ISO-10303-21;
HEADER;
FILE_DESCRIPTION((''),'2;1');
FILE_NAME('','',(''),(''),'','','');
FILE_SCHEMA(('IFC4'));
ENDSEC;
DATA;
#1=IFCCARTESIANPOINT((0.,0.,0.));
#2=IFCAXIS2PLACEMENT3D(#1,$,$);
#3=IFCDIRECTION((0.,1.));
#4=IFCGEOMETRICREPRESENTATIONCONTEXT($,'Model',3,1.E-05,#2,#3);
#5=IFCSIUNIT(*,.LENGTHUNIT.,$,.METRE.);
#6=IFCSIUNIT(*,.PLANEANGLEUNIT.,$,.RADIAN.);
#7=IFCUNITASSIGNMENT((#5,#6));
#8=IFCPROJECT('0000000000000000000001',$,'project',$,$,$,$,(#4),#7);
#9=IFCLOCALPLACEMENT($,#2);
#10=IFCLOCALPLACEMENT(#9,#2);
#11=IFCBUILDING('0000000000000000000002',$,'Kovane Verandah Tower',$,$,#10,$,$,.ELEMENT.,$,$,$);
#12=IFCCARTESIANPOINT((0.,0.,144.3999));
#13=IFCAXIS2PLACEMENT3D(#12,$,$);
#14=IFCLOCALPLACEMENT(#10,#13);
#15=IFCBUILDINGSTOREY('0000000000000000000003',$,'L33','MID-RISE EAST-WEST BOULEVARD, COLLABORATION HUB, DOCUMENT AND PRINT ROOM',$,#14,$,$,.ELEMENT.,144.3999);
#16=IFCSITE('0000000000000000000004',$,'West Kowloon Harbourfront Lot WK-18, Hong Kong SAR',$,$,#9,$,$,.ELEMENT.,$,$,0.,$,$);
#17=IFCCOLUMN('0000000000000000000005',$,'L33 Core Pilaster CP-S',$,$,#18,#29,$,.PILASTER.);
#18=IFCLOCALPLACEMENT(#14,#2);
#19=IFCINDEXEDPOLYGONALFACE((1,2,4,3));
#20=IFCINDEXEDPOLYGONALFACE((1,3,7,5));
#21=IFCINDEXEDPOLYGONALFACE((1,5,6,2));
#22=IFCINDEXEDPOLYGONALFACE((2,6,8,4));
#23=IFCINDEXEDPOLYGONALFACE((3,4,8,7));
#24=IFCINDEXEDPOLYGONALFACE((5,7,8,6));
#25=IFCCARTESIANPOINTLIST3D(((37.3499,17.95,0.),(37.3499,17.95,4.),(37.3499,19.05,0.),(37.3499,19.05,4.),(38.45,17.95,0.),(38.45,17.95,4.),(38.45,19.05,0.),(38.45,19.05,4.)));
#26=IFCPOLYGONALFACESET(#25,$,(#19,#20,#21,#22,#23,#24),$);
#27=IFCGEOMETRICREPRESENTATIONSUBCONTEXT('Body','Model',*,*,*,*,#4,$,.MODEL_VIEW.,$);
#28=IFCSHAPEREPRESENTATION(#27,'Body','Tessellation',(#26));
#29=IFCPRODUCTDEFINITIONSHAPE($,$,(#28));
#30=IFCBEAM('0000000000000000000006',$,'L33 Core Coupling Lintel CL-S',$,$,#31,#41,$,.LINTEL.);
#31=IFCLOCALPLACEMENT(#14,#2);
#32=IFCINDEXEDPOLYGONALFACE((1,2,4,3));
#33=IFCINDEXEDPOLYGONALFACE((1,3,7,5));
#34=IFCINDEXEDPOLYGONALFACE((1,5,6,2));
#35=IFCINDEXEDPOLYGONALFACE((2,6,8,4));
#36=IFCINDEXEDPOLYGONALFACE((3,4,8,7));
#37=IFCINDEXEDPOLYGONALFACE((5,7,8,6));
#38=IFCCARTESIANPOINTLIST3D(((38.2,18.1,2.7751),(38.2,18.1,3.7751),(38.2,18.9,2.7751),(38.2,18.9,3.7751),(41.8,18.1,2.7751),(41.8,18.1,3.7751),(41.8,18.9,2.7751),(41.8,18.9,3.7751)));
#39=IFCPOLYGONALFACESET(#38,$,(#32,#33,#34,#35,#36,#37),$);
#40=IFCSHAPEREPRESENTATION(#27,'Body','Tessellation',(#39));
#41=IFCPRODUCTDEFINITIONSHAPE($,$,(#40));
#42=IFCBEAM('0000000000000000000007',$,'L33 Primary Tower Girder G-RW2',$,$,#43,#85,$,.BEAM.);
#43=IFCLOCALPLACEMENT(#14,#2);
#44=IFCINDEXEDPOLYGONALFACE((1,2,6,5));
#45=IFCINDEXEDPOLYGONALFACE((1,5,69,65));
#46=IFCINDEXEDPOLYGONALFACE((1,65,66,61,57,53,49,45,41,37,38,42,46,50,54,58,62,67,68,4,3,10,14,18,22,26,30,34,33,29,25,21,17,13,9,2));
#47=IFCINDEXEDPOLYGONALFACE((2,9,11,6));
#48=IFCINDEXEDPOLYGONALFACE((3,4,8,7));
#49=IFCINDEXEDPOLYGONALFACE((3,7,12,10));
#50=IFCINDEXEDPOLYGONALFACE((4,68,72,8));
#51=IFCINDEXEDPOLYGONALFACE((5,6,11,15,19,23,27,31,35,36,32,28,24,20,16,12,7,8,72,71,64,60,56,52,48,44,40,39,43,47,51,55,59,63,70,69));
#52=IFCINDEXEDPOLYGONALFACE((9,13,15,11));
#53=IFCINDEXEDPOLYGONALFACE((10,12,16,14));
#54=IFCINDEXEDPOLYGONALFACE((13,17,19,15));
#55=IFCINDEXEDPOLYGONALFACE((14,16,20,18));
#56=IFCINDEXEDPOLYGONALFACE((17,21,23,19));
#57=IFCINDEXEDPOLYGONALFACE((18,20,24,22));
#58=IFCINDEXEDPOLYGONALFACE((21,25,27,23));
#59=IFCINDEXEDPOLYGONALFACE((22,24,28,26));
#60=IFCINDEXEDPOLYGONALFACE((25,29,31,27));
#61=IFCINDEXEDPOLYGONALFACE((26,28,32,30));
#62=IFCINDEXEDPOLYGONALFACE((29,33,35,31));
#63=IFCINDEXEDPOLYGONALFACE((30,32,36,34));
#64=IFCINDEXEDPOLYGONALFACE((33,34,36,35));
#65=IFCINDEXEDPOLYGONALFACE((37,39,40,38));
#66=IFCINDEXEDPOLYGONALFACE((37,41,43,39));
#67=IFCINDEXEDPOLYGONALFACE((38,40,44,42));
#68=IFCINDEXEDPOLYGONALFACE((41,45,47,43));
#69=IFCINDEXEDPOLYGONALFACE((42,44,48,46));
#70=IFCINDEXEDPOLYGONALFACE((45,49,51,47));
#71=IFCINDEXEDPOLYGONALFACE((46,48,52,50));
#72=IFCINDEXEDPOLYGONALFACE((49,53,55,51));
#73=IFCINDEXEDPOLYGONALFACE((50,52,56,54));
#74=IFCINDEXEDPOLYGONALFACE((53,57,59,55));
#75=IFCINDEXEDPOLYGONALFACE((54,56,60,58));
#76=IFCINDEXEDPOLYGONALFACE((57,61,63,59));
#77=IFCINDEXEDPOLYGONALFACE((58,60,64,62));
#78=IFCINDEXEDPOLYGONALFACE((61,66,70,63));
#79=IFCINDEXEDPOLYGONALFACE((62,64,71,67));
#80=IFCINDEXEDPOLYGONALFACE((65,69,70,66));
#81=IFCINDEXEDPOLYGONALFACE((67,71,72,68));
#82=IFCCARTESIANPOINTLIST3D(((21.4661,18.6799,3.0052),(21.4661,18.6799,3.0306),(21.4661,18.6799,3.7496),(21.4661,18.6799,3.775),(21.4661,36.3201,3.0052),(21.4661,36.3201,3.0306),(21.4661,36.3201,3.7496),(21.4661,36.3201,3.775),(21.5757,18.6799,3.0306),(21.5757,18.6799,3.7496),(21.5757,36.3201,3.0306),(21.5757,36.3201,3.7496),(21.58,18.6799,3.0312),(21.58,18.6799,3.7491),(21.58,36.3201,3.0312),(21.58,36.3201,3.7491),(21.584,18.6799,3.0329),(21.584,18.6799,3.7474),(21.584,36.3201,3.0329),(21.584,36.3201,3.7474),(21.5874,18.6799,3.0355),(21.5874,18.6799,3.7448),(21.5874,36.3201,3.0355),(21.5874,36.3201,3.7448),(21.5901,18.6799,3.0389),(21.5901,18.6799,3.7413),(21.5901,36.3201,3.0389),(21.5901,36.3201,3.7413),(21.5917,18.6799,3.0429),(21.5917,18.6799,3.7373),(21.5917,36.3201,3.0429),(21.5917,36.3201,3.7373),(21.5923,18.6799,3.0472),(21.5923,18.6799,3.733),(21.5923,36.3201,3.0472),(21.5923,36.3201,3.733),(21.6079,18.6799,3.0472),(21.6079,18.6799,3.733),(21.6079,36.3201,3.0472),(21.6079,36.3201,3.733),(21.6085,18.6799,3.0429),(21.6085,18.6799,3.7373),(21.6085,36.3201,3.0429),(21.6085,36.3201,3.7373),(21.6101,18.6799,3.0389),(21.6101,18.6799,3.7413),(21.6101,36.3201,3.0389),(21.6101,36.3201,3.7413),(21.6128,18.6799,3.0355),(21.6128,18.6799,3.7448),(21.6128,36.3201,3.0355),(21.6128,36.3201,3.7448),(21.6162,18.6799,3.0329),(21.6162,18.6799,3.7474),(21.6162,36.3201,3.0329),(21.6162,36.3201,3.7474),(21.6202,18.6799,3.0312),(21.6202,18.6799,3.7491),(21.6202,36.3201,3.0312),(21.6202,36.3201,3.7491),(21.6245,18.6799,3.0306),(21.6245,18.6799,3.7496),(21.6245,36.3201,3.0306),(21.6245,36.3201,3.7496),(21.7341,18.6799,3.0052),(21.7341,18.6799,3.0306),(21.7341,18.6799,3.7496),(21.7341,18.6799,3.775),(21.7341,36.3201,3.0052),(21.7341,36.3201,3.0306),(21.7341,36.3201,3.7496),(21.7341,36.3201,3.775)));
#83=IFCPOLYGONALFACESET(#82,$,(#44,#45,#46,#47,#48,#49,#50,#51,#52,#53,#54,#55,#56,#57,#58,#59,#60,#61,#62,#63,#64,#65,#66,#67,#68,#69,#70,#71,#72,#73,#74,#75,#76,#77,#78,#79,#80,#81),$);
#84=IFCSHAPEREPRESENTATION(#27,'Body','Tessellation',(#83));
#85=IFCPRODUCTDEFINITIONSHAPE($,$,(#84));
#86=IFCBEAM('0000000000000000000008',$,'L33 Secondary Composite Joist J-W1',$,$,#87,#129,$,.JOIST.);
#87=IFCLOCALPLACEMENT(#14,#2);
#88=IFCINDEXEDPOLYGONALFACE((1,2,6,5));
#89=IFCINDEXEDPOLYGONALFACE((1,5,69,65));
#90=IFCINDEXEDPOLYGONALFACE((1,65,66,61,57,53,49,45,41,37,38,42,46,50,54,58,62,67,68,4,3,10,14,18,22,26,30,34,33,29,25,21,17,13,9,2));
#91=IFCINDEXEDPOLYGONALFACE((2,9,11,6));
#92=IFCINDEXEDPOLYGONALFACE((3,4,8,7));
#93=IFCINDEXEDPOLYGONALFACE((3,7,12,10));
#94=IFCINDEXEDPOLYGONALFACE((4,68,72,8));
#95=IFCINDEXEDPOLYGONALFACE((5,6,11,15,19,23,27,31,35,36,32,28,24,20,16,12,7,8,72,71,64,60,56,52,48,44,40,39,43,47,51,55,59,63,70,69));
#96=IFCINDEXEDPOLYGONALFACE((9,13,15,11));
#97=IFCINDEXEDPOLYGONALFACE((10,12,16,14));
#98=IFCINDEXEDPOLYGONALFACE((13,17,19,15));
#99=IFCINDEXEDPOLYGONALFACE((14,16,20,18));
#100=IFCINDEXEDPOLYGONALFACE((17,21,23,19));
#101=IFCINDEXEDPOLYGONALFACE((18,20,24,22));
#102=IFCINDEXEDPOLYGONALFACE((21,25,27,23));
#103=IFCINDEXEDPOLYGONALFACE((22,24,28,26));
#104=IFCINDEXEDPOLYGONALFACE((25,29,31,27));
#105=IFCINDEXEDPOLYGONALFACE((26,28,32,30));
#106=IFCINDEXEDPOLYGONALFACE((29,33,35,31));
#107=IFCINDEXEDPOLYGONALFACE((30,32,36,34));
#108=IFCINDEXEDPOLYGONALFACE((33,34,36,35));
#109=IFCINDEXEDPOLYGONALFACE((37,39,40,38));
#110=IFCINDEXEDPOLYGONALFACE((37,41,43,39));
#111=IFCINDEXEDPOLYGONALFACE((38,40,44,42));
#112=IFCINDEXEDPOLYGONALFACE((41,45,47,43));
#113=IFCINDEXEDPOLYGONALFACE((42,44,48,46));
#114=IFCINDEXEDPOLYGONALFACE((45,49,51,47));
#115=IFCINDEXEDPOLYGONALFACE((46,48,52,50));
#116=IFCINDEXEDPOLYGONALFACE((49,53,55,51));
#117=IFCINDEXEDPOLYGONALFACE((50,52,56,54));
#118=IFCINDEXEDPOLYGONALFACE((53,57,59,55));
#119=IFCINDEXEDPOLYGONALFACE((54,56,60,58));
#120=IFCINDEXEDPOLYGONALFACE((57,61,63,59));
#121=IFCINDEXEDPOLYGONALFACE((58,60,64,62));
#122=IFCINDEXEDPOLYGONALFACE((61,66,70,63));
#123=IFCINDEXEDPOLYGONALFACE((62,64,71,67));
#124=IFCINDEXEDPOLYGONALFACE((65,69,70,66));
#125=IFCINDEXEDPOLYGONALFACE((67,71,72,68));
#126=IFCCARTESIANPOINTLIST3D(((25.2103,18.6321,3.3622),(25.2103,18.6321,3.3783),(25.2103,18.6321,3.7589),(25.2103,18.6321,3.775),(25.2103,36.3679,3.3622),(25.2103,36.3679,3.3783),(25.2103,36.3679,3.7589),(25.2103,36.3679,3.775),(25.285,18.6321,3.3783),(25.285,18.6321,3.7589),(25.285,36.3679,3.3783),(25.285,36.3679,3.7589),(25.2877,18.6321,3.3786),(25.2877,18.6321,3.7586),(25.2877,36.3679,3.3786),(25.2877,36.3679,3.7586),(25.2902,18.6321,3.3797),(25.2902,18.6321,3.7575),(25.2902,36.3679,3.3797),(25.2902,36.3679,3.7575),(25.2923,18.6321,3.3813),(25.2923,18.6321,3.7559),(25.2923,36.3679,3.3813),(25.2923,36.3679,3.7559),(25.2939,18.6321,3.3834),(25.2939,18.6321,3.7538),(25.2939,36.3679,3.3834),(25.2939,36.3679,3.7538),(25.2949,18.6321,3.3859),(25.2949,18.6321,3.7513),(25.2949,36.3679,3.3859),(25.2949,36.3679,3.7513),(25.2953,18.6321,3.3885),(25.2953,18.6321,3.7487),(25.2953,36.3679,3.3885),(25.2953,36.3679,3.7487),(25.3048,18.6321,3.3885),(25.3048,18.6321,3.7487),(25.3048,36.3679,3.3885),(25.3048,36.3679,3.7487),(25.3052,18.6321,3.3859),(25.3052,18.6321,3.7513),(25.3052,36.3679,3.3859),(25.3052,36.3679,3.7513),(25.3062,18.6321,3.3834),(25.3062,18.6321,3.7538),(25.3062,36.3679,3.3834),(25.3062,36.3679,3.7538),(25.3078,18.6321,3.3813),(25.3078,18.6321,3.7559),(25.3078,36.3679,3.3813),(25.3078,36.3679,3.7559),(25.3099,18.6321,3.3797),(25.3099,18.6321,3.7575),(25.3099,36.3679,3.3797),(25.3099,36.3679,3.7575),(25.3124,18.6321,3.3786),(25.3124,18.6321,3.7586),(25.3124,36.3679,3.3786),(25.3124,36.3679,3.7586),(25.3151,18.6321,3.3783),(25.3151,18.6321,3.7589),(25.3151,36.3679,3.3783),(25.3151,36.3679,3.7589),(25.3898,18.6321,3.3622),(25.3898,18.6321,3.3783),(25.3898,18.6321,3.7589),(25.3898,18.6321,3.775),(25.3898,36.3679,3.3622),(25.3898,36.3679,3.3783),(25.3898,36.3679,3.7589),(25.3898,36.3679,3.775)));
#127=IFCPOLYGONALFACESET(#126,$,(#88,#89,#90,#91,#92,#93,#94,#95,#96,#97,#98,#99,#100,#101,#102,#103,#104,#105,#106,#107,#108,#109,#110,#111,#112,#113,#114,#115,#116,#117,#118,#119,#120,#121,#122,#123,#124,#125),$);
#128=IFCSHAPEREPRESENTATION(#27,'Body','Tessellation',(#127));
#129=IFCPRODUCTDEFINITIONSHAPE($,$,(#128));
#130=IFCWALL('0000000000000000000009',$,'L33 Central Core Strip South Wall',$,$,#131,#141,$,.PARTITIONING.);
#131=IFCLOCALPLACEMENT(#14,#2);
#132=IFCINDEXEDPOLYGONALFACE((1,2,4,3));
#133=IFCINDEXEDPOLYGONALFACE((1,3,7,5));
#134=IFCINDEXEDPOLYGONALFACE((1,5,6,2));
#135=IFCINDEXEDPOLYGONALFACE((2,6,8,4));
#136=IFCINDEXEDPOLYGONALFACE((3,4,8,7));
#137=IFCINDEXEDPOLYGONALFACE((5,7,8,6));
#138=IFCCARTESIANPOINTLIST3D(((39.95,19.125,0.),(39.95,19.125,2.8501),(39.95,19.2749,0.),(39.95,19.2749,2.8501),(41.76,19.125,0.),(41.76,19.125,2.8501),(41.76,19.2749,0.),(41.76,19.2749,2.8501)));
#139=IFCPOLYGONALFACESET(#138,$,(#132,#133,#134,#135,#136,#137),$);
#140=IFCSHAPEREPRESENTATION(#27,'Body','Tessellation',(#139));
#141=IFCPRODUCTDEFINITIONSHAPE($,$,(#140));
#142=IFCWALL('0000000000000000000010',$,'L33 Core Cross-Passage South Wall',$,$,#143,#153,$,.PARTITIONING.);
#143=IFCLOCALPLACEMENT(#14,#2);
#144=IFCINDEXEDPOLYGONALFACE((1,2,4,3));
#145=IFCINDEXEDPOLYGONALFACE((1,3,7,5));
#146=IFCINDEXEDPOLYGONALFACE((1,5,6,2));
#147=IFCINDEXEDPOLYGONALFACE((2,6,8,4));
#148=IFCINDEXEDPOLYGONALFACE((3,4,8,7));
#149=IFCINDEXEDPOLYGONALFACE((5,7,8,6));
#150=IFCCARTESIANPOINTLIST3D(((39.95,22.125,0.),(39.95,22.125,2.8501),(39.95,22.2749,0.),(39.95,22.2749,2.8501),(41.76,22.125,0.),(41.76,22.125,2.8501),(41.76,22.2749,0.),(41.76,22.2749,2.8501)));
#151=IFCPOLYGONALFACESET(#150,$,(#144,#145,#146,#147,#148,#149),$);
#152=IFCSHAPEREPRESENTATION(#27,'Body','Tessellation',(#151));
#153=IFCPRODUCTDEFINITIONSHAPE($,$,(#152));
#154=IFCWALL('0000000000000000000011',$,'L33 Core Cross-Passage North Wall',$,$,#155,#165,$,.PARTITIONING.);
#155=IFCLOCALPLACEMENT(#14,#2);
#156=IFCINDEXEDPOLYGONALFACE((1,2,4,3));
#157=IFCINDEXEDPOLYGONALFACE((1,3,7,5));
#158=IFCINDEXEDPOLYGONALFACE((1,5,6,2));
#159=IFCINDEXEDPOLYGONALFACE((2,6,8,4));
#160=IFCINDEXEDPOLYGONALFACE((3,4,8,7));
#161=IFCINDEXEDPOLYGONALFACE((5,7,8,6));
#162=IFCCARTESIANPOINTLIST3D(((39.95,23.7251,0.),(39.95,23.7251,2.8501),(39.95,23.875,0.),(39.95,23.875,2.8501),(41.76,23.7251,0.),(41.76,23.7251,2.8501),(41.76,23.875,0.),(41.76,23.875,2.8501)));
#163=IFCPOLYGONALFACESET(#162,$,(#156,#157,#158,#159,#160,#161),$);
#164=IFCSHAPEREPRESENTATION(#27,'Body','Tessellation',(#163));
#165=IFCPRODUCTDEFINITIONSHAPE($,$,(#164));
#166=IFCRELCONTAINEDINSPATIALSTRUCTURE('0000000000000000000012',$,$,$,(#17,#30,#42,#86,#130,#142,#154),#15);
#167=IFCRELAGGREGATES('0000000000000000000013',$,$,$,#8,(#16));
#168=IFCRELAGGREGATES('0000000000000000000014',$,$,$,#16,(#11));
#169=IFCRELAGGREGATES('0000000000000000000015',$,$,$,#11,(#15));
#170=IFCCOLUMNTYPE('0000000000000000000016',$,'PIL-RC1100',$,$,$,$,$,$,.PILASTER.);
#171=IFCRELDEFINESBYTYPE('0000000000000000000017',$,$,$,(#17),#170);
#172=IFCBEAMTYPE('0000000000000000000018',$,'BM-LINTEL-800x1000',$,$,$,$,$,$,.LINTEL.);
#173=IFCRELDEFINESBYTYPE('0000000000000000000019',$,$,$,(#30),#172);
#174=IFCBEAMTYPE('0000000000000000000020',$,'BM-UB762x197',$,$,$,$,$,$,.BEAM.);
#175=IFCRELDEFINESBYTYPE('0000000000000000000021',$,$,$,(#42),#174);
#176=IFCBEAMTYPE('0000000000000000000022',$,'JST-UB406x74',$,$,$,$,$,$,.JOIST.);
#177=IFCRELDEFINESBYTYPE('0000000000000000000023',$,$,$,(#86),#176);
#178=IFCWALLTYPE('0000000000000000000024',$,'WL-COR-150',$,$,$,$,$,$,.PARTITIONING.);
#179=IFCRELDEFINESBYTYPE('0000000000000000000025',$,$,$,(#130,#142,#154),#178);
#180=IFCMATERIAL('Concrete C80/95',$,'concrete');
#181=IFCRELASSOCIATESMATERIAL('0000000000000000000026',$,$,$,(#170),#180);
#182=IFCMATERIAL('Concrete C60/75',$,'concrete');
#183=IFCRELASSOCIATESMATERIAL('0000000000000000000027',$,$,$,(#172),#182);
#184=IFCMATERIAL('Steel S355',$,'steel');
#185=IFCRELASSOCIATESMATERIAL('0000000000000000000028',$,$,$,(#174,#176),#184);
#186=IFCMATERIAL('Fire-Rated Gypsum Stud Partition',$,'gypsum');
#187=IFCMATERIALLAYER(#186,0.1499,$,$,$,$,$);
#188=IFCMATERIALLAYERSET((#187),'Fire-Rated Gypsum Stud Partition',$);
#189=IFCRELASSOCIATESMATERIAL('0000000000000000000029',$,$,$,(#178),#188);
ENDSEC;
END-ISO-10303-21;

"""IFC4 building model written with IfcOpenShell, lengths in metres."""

from ifc_helpers import new_model, si_unit, direction, frame, frame_2d, origin, origin_2d, place, context, subcontext, project, spatial, rectangle, i_section, extrude, material, layer, layer_set, material_profile, profile_set, type_object, element, save


model = new_model("IFC4")

# Units and contexts
model_context = context("Model", 3, precision=1e-05, world=origin(), true_north=direction((0.0, 1.0)))
body_context = subcontext(model_context, "Body", "Model", "MODEL_VIEW")
ifc_project = project(units=[si_unit("LENGTHUNIT", "METRE"), si_unit("PLANEANGLEUNIT", "RADIAN")], contexts=[model_context])

# Site, building, storey
site_placement = place(None, origin())
site = spatial("IfcSite", under=ifc_project, at=site_placement, Name="West Kowloon Harbourfront Lot WK-18, Hong Kong SAR", CompositionType="ELEMENT", RefElevation=0.0)
building_placement = place(site_placement, origin())
building = spatial("IfcBuilding", under=site, at=building_placement, Name="Kovane Verandah Tower", CompositionType="ELEMENT")
storey_placement = place(building_placement, frame((0.0, 0.0, 144.3999)))
storey = spatial("IfcBuildingStorey", under=building, at=storey_placement, Name="L33", Description="MID-RISE EAST-WEST BOULEVARD, COLLABORATION HUB, DOCUMENT AND PRINT ROOM", CompositionType="ELEMENT", Elevation=144.3999)

# Column
ifc_material_1 = material(Name="Concrete C80/95", Category="concrete")
ifc_material_profile_1 = material_profile(ifc_material_1, rectangle(XDim=1.1001, YDim=1.1001, at=origin_2d()), Name="RC1100x1100")
ifc_profile_set_1 = profile_set([ifc_material_profile_1], Name="Concrete C80/95")
column_type = type_object("IfcColumnType", Name="PIL-RC1100", PredefinedType="PILASTER", material=ifc_profile_set_1)
column_placement = place(storey_placement, frame((37.8999, 18.5, 0.0), z_axis=(0.0, 0.0, 1.0), x_axis=(1.0, 0.0, 0.0)))
element("IfcColumn", 1, at=column_placement, inside=storey, type_object=column_type, Name="L33 Core Pilaster CP-S", PredefinedType="PILASTER", context=body_context, shape_type="SweptSolid", body=[
    extrude(rectangle(XDim=1.1001, YDim=1.1001, at=origin_2d()), origin(), (0.0, 0.0, 1.0), 4.0),
])

# Beams
ifc_material_2 = material(Name="Concrete C60/75", Category="concrete")
ifc_material_profile_2 = material_profile(ifc_material_2, rectangle(XDim=0.8, YDim=1.0, at=origin_2d()), Name="RCB800x1000")
ifc_profile_set_2 = profile_set([ifc_material_profile_2], Name="Concrete C60/75")
beam_type_1 = type_object("IfcBeamType", Name="BM-LINTEL-800x1000", PredefinedType="LINTEL", material=ifc_profile_set_2)
beam_1_placement = place(storey_placement, frame((38.2, 18.5, 3.2751), z_axis=(1.0, 0.0, 0.0), x_axis=(0.0, 1.0, 0.0)))
element("IfcBeam", 2, at=beam_1_placement, inside=storey, type_object=beam_type_1, Name="L33 Core Coupling Lintel CL-S", PredefinedType="LINTEL", context=body_context, shape_type="SweptSolid", body=[
    extrude(rectangle(XDim=0.8, YDim=1.0, at=origin_2d()), origin(), (0.0, 0.0, 1.0), 3.6001),
])
ifc_material_3 = material(Name="Steel S355", Category="steel")
ifc_material_profile_3 = material_profile(ifc_material_3, i_section(OverallWidth=0.2681, OverallDepth=0.7698, WebThickness=0.0156, FlangeThickness=0.0254, FilletRadius=0.0166, at=origin_2d()), Name="UB762x267x197")
ifc_profile_set_3 = profile_set([ifc_material_profile_3], Name="Steel S355")
beam_type_2 = type_object("IfcBeamType", Name="BM-UB762x197", PredefinedType="BEAM", material=ifc_profile_set_3)
beam_2_placement = place(storey_placement, frame((21.6001, 18.6799, 3.3901), z_axis=(0.0, 1.0, 0.0), x_axis=(-1.0, 0.0, 0.0)))
element("IfcBeam", 3, at=beam_2_placement, inside=storey, type_object=beam_type_2, Name="L33 Primary Tower Girder G-RW2", PredefinedType="BEAM", context=body_context, shape_type="SweptSolid", body=[
    extrude(i_section(OverallWidth=0.2681, OverallDepth=0.7698, WebThickness=0.0156, FlangeThickness=0.0254, FilletRadius=0.0166, at=origin_2d()), origin(), (0.0, 0.0, 1.0), 17.6401),
])
ifc_material_profile_4 = material_profile(ifc_material_3, i_section(OverallWidth=0.1794, OverallDepth=0.4128, WebThickness=0.0095, FlangeThickness=0.0161, FilletRadius=0.0103, at=origin_2d()), Name="UB406x178x74")
ifc_profile_set_4 = profile_set([ifc_material_profile_4], Name="Steel S355")
beam_type_3 = type_object("IfcBeamType", Name="JST-UB406x74", PredefinedType="JOIST", material=ifc_profile_set_4)
beam_3_placement = place(storey_placement, frame((25.3, 18.6321, 3.5686), z_axis=(0.0, 1.0, 0.0), x_axis=(-1.0, 0.0, 0.0)))
element("IfcBeam", 4, at=beam_3_placement, inside=storey, type_object=beam_type_3, Name="L33 Secondary Composite Joist J-W1", PredefinedType="JOIST", context=body_context, shape_type="SweptSolid", body=[
    extrude(i_section(OverallWidth=0.1794, OverallDepth=0.4128, WebThickness=0.0095, FlangeThickness=0.0161, FilletRadius=0.0103, at=origin_2d()), origin(), (0.0, 0.0, 1.0), 17.7358),
])

# Walls
ifc_material_4 = material(Name="Fire-Rated Gypsum Stud Partition", Category="gypsum")
ifc_layer_1 = layer(ifc_material_4, 0.1499)
ifc_layer_set_1 = layer_set([ifc_layer_1], Name="Fire-Rated Gypsum Stud Partition")
wall_type_1 = type_object("IfcWallType", Name="WL-COR-150", PredefinedType="PARTITIONING", material=ifc_layer_set_1)
for number, where, z_axis, x_axis, name in (
    (5, (39.95, 19.2, 0.0), (0.0, 0.0, 1.0), (1.0, 0.0, 0.0), "L33 Central Core Strip South Wall"),
    (6, (39.95, 22.2, 0.0), (0.0, 0.0, 1.0), (1.0, 0.0, 0.0), "L33 Core Cross-Passage South Wall"),
    (7, (39.95, 23.8, 0.0), (0.0, 0.0, 1.0), (1.0, 0.0, 0.0), "L33 Core Cross-Passage North Wall"),
):
    element("IfcWall", number, at=place(storey_placement, frame(where, z_axis=z_axis, x_axis=x_axis)), inside=storey, type_object=wall_type_1, Name=name, PredefinedType="PARTITIONING", context=body_context, shape_type="SweptSolid", body=[
        extrude(rectangle(XDim=1.8101, YDim=0.1499, at=frame_2d((0.905, 0.0))), origin(), (0.0, 0.0, 1.0), 2.8501),
    ])

save(model, "model.ifc")
